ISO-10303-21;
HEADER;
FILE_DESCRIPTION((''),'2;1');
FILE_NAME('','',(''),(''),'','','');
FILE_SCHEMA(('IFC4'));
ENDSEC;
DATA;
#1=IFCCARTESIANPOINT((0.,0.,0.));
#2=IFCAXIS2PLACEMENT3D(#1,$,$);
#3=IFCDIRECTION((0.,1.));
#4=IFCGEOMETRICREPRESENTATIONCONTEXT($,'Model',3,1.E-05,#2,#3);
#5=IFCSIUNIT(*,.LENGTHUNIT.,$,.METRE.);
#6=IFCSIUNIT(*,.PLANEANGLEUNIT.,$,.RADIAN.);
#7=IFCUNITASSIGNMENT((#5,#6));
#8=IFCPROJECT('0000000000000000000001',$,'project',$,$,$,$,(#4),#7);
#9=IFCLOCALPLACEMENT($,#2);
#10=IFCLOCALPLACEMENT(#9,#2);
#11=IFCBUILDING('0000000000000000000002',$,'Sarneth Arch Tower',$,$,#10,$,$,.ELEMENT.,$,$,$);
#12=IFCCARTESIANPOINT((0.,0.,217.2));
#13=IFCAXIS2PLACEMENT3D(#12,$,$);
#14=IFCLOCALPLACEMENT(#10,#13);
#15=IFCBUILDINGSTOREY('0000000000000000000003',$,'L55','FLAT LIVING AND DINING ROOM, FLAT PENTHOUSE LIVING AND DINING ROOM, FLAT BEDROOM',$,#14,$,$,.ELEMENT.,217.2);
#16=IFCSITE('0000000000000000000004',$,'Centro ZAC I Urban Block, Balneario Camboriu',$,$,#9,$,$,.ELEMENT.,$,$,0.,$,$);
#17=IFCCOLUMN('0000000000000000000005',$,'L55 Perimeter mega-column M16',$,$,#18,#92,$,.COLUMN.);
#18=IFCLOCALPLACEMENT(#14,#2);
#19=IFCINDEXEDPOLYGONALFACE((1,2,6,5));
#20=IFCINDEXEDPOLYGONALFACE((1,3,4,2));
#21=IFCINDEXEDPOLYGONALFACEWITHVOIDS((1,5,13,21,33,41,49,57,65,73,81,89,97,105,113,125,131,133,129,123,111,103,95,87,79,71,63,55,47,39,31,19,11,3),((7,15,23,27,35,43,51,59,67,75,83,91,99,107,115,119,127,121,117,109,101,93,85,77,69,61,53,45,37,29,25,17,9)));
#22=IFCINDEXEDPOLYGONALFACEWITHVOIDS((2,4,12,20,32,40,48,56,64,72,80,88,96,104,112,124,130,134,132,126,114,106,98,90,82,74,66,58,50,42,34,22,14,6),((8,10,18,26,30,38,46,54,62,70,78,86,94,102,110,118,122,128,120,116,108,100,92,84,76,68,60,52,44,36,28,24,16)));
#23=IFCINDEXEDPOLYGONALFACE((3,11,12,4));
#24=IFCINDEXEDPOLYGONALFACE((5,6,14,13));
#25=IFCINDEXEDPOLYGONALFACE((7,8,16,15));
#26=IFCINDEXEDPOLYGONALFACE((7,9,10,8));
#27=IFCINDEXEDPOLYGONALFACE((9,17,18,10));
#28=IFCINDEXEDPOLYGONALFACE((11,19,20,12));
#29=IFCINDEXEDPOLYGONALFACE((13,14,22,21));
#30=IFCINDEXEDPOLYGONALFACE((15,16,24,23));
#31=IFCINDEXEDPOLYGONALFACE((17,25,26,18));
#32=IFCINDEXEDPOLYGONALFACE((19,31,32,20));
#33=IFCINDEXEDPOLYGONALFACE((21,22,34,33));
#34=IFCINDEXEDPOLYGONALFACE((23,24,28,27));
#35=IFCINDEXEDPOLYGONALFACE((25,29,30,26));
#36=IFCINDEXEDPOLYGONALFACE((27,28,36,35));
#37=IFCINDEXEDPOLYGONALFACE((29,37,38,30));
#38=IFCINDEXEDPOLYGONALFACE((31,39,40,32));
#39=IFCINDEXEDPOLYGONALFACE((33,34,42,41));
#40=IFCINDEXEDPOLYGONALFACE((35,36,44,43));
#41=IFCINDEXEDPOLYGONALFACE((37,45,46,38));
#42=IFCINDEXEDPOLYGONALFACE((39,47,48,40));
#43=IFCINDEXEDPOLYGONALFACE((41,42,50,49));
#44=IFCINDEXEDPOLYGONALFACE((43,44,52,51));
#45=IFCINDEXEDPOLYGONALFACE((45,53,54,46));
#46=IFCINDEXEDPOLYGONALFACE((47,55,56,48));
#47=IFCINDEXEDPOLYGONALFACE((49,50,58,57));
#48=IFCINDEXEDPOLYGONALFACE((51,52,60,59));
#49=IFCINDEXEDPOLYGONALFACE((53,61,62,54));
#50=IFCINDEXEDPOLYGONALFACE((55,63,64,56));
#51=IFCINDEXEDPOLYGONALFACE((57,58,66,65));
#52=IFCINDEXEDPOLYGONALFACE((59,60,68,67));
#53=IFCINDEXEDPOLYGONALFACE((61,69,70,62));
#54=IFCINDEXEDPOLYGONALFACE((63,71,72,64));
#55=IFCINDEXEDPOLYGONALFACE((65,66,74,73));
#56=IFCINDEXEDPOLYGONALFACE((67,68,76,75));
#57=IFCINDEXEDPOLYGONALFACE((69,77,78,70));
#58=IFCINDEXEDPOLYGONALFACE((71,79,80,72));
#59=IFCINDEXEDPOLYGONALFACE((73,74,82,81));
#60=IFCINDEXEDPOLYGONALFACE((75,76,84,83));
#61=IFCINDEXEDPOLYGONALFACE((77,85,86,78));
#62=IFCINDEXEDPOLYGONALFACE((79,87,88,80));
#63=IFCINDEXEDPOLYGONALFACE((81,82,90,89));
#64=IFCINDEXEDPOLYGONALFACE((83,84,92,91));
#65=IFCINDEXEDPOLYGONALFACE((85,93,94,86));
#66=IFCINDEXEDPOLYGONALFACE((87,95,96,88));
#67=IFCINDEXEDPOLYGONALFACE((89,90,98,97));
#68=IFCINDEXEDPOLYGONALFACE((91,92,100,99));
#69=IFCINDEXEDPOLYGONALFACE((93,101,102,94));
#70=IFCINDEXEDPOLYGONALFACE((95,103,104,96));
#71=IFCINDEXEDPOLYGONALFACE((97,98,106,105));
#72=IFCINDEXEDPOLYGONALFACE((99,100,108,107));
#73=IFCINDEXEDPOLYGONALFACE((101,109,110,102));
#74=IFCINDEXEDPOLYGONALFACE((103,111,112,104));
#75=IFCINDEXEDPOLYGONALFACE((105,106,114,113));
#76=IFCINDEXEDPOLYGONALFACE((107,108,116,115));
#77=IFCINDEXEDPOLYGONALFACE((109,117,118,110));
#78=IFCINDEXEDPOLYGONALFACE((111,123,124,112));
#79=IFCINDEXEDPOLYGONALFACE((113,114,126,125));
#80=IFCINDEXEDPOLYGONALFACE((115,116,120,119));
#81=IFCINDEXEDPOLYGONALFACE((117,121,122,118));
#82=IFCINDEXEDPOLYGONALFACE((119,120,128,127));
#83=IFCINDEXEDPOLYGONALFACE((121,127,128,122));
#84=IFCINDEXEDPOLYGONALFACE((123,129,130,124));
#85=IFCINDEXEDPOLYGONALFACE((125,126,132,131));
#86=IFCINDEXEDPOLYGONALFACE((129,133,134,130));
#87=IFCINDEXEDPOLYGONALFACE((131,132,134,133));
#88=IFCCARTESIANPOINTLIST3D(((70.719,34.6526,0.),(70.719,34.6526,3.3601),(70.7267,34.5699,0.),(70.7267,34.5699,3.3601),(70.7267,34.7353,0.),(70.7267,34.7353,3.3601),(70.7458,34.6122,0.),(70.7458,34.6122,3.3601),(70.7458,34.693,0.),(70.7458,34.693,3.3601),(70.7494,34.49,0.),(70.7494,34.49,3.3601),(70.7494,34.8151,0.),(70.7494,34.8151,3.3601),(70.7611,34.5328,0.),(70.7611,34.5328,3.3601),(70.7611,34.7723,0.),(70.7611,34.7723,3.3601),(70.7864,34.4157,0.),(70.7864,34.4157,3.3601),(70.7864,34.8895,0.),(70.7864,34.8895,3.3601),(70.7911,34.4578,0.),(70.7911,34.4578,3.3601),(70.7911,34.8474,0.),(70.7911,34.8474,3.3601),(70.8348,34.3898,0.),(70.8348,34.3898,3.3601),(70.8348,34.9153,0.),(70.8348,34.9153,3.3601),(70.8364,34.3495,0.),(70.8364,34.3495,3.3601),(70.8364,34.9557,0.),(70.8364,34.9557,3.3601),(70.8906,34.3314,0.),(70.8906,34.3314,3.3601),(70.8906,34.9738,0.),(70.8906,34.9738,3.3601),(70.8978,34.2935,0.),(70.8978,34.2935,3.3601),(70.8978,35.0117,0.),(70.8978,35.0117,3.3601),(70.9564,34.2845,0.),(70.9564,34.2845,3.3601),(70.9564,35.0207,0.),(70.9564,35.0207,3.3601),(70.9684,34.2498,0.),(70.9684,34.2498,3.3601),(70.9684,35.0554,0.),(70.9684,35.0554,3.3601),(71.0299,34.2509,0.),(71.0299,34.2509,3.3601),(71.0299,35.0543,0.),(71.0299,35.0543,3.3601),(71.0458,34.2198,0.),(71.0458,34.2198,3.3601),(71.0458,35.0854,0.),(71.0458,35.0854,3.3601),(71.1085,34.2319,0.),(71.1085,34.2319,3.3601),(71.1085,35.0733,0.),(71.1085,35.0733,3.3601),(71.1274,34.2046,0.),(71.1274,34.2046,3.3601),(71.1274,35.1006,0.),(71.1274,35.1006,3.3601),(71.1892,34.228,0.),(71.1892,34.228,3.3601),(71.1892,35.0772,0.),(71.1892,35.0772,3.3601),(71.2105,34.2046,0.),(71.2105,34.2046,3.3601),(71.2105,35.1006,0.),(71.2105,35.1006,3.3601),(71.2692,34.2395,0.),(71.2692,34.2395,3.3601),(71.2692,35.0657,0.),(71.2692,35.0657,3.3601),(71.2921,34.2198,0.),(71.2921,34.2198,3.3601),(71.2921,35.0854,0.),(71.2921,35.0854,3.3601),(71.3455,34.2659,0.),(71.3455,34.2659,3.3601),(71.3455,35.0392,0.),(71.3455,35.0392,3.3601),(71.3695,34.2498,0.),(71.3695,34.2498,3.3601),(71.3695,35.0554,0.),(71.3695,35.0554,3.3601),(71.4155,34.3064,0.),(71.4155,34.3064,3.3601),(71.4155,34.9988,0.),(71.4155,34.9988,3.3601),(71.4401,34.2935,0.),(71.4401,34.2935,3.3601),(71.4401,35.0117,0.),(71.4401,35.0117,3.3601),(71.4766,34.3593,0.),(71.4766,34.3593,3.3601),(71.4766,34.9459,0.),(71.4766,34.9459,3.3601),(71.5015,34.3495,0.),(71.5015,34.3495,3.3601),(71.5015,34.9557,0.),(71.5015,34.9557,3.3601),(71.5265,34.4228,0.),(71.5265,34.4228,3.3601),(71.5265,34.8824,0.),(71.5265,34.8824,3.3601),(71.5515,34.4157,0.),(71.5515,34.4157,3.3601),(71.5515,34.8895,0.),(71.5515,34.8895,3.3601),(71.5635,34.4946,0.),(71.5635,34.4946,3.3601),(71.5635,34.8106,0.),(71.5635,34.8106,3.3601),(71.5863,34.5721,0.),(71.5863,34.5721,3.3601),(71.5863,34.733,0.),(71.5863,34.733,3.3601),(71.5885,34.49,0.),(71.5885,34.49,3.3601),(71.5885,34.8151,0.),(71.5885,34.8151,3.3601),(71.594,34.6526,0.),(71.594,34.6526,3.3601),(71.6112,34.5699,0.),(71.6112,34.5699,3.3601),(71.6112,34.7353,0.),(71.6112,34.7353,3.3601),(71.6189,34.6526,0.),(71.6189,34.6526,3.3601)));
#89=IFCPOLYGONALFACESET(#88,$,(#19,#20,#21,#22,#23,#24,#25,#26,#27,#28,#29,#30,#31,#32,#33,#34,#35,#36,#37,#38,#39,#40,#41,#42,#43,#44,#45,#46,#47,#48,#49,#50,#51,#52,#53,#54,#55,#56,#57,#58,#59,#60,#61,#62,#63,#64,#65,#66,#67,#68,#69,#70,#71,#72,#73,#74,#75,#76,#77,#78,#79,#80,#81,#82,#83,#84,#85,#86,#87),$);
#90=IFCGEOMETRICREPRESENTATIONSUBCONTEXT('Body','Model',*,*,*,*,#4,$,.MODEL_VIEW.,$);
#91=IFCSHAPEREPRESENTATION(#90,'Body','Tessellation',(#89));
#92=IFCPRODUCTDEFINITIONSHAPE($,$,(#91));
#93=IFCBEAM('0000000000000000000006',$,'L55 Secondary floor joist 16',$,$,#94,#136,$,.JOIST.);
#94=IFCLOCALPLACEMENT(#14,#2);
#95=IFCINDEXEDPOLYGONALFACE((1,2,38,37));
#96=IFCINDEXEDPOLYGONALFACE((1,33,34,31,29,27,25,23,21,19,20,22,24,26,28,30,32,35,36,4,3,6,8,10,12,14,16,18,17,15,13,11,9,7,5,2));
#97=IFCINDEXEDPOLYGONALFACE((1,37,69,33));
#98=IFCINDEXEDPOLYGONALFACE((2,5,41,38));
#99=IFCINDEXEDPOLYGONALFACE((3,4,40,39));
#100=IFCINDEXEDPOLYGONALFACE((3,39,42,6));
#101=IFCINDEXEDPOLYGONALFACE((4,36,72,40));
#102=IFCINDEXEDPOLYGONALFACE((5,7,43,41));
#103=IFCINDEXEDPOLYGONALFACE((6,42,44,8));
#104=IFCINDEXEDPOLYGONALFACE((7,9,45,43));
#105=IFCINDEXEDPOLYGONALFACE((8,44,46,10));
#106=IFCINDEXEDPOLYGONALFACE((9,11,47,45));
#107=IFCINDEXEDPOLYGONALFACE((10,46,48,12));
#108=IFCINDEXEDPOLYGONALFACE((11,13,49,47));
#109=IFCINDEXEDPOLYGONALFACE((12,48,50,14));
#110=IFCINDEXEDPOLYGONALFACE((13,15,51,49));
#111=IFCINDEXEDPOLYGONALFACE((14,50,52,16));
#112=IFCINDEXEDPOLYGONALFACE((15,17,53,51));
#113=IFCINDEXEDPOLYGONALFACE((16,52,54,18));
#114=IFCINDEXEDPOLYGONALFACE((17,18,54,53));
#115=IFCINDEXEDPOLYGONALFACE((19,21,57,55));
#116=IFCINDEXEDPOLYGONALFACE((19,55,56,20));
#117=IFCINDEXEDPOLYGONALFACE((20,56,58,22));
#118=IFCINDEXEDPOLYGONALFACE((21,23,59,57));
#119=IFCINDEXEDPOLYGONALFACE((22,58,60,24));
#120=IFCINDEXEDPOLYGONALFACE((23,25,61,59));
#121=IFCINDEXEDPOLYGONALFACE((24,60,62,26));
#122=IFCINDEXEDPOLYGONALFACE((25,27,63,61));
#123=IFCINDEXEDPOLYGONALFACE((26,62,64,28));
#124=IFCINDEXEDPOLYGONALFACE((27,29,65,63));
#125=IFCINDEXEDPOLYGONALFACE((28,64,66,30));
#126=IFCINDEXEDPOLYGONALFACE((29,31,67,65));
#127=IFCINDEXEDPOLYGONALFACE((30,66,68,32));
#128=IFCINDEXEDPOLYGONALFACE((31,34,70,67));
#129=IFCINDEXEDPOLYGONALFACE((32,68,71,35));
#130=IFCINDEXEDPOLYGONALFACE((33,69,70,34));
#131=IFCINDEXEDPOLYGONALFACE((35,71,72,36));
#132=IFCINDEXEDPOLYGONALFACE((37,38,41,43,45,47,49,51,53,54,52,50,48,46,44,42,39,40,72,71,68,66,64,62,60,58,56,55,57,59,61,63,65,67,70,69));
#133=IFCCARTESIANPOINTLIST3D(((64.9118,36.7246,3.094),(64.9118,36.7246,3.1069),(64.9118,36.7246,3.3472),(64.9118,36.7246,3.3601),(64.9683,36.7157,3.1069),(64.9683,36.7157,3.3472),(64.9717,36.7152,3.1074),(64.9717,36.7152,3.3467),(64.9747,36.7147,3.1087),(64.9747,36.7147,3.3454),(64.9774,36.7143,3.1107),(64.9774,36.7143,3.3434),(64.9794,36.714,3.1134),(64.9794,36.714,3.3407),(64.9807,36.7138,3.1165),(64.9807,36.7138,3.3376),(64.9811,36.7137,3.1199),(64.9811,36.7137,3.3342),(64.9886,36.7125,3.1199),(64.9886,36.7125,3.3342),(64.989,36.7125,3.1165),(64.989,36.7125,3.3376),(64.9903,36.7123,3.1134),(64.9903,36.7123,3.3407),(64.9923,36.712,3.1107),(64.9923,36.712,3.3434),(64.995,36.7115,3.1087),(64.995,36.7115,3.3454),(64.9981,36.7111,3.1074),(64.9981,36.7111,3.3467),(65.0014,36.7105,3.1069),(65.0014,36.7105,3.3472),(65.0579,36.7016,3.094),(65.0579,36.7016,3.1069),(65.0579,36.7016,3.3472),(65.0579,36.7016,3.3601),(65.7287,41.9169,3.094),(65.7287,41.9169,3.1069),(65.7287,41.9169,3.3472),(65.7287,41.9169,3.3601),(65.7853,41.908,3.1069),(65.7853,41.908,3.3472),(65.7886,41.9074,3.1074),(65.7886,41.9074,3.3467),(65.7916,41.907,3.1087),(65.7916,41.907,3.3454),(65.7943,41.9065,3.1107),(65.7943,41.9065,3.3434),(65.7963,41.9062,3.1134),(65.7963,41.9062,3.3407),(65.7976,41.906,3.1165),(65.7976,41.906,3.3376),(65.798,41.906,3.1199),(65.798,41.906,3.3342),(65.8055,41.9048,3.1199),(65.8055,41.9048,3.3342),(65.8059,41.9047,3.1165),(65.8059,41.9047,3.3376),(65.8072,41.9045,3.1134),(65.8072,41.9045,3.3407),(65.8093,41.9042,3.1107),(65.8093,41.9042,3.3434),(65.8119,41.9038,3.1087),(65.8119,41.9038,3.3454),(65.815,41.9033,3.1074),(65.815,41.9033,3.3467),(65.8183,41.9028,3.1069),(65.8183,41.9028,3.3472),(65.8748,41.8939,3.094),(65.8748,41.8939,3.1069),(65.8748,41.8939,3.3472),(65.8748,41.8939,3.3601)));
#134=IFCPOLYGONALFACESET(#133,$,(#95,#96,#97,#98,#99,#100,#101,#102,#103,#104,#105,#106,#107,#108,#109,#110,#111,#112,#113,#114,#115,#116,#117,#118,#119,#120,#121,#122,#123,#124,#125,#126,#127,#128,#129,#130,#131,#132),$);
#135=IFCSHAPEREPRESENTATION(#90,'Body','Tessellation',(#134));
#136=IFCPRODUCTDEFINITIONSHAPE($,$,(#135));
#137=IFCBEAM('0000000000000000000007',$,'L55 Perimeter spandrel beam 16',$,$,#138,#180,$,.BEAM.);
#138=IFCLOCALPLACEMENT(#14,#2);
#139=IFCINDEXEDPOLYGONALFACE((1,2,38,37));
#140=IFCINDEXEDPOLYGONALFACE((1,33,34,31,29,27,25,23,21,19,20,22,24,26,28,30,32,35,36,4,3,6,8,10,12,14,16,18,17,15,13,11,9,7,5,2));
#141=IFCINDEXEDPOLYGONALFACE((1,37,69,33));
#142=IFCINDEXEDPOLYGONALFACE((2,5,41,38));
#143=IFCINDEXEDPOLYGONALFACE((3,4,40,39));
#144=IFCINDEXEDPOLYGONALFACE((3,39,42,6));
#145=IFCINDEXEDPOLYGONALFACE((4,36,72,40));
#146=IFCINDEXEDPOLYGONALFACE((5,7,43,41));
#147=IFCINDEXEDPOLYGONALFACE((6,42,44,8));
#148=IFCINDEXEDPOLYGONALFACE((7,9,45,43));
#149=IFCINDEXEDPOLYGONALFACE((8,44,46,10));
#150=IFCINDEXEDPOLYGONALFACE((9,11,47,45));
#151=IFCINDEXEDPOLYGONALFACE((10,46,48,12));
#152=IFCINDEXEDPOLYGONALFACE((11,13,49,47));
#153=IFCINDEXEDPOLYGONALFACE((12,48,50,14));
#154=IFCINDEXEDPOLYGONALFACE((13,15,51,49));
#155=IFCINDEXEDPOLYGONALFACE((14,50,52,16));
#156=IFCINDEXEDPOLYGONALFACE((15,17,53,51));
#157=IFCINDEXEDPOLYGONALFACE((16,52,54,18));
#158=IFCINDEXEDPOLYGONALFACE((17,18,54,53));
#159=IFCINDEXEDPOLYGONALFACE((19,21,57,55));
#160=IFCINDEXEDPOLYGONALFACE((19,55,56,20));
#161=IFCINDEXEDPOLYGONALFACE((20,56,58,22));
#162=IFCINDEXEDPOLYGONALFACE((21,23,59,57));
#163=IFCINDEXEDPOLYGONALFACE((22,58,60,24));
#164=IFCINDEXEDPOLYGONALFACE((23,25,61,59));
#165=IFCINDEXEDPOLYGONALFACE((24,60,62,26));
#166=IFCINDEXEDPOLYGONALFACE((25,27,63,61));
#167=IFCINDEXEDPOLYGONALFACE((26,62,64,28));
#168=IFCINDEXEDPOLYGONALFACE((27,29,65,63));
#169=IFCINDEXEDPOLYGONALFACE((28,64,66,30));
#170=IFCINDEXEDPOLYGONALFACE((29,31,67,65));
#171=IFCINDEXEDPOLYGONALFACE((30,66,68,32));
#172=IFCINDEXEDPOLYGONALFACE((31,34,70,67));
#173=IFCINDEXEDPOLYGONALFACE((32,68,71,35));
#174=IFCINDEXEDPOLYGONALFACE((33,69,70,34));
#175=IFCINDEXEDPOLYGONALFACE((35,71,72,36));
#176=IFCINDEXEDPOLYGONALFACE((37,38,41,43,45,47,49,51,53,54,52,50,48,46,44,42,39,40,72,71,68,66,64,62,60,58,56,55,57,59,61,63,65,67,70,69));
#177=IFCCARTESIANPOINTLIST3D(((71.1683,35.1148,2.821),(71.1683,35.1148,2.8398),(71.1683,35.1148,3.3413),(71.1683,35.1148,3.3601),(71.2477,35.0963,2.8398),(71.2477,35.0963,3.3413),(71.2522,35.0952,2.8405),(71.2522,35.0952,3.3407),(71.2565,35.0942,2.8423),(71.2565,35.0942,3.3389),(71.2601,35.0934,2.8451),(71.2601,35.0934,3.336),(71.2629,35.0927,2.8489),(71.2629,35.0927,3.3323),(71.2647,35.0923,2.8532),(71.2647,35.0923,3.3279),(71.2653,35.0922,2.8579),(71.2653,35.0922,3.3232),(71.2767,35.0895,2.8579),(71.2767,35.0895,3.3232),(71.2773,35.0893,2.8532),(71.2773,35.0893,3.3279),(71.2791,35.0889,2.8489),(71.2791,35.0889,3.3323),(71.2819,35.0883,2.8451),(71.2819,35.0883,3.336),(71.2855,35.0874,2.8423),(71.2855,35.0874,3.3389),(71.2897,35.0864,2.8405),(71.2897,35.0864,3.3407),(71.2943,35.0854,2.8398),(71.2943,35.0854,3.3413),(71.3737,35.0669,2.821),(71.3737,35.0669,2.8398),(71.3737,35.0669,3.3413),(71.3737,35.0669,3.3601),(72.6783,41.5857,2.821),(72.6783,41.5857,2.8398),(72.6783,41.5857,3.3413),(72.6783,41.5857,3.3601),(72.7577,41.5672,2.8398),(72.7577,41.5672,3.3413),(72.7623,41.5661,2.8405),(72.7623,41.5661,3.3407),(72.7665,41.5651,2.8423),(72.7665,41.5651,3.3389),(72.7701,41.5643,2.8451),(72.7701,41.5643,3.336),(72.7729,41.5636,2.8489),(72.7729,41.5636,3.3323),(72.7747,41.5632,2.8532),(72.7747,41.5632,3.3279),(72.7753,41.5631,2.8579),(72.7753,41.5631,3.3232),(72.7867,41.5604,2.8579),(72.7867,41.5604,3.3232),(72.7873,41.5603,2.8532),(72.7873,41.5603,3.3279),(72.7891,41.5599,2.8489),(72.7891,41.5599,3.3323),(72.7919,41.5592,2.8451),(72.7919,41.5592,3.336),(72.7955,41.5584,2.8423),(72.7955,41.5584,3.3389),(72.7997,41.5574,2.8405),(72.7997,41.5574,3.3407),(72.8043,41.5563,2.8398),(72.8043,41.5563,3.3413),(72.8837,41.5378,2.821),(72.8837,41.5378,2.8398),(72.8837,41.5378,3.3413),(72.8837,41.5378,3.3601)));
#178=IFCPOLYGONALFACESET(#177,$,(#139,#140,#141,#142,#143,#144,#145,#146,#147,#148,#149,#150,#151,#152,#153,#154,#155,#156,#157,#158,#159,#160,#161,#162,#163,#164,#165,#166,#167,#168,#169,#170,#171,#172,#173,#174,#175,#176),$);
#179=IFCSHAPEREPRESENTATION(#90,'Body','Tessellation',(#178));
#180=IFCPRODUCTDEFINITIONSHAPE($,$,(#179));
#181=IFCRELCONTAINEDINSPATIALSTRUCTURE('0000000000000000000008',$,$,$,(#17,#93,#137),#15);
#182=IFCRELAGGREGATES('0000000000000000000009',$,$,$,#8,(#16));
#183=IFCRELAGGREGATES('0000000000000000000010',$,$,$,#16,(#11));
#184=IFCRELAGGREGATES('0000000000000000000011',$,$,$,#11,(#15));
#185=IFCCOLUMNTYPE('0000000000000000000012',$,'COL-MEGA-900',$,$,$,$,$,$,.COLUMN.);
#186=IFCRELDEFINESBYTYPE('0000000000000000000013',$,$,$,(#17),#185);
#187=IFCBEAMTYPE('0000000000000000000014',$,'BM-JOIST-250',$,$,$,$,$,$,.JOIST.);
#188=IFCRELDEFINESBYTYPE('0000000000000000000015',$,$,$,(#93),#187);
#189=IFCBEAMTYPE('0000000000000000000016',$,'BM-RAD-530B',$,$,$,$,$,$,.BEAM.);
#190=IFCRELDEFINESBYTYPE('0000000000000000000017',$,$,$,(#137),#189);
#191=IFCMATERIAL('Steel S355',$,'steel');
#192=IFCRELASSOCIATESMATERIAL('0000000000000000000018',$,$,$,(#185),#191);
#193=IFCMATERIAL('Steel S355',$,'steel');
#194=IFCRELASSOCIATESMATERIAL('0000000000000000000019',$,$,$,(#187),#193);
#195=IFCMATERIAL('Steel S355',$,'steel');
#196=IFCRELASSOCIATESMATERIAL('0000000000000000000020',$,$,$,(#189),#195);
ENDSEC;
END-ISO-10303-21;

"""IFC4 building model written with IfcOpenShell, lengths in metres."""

from ifc_helpers import new_model, si_unit, direction, frame, origin, origin_2d, place, context, subcontext, project, spatial, hollow_circle, i_section, extrude, material, material_profile, profile_set, type_object, element, save


model = new_model("IFC4")

# Units and contexts
model_context = context("Model", 3, precision=1e-05, world=origin(), true_north=direction((0.0, 1.0)))
body_context = subcontext(model_context, "Body", "Model", "MODEL_VIEW")
ifc_project = project(units=[si_unit("LENGTHUNIT", "METRE"), si_unit("PLANEANGLEUNIT", "RADIAN")], contexts=[model_context])

# Site, building, storey
site_placement = place(None, origin())
site = spatial("IfcSite", under=ifc_project, at=site_placement, Name="Centro ZAC I Urban Block, Balneario Camboriu", CompositionType="ELEMENT", RefElevation=0.0)
building_placement = place(site_placement, origin())
building = spatial("IfcBuilding", under=site, at=building_placement, Name="Sarneth Arch Tower", CompositionType="ELEMENT")
storey_placement = place(building_placement, frame((0.0, 0.0, 217.2)))
storey = spatial("IfcBuildingStorey", under=building, at=storey_placement, Name="L55", Description="FLAT LIVING AND DINING ROOM, FLAT PENTHOUSE LIVING AND DINING ROOM, FLAT BEDROOM", CompositionType="ELEMENT", Elevation=217.2)

# Column
ifc_material_1 = material(Name="Steel S355", Category="steel")
ifc_material_profile_1 = material_profile(ifc_material_1, hollow_circle(Radius=0.45, WallThickness=0.0249, at=origin_2d()), Name="CHS900x25")
ifc_profile_set_1 = profile_set([ifc_material_profile_1], Name="Steel S355")
column_type = type_object("IfcColumnType", Name="COL-MEGA-900", PredefinedType="COLUMN", material=ifc_profile_set_1)
column_placement = place(storey_placement, frame((71.1689, 34.6526, 0.0), z_axis=(0.0, 0.0, 1.0), x_axis=(1.0, 0.0, 0.0)))
element("IfcColumn", 1, at=column_placement, inside=storey, type_object=column_type, Name="L55 Perimeter mega-column M16", PredefinedType="COLUMN", context=body_context, shape_type="SweptSolid", body=[
    extrude(hollow_circle(Radius=0.45, WallThickness=0.0249, at=origin_2d()), origin(), (0.0, 0.0, 1.0), 3.3601),
])

# Beams
ifc_material_2 = material(Name="Steel S355", Category="steel")
ifc_material_profile_2 = material_profile(ifc_material_2, i_section(OverallWidth=0.1479, OverallDepth=0.2661, WebThickness=0.0076, FlangeThickness=0.0129, FilletRadius=0.0129, at=origin_2d()), Name="W250x44.8")
ifc_profile_set_2 = profile_set([ifc_material_profile_2], Name="Steel S355")
beam_type_1 = type_object("IfcBeamType", Name="BM-JOIST-250", PredefinedType="JOIST", material=ifc_profile_set_2)
beam_1_placement = place(storey_placement, frame((64.9849, 36.7131, 3.2271), z_axis=(0.155421, 0.987848, 0.0), x_axis=(-0.987848, 0.155421, 0.0)))
element("IfcBeam", 2, at=beam_1_placement, inside=storey, type_object=beam_type_1, Name="L55 Secondary floor joist 16", PredefinedType="JOIST", context=body_context, shape_type="SweptSolid", body=[
    extrude(i_section(OverallWidth=0.1479, OverallDepth=0.2661, WebThickness=0.0076, FlangeThickness=0.0129, FilletRadius=0.0129, at=origin_2d()), origin(), (0.0, 0.0, 1.0), 5.2561),
])
ifc_material_3 = material(Name="Steel S355", Category="steel")
ifc_material_profile_3 = material_profile(ifc_material_3, i_section(OverallWidth=0.2109, OverallDepth=0.5391, WebThickness=0.0117, FlangeThickness=0.0188, FilletRadius=0.0181, at=origin_2d()), Name="W530x109")
ifc_profile_set_3 = profile_set([ifc_material_profile_3], Name="Steel S355")
beam_type_2 = type_object("IfcBeamType", Name="BM-RAD-530B", PredefinedType="BEAM", material=ifc_profile_set_3)
beam_2_placement = place(storey_placement, frame((71.271, 35.0908, 3.0906), z_axis=(0.227247, 0.973837, 0.0), x_axis=(-0.973837, 0.227247, 0.0)))
element("IfcBeam", 3, at=beam_2_placement, inside=storey, type_object=beam_type_2, Name="L55 Perimeter spandrel beam 16", PredefinedType="BEAM", context=body_context, shape_type="SweptSolid", body=[
    extrude(i_section(OverallWidth=0.2109, OverallDepth=0.5391, WebThickness=0.0117, FlangeThickness=0.0188, FilletRadius=0.0181, at=origin_2d()), origin(), (0.0, 0.0, 1.0), 6.6448),
])

save(model, "model.ifc")
